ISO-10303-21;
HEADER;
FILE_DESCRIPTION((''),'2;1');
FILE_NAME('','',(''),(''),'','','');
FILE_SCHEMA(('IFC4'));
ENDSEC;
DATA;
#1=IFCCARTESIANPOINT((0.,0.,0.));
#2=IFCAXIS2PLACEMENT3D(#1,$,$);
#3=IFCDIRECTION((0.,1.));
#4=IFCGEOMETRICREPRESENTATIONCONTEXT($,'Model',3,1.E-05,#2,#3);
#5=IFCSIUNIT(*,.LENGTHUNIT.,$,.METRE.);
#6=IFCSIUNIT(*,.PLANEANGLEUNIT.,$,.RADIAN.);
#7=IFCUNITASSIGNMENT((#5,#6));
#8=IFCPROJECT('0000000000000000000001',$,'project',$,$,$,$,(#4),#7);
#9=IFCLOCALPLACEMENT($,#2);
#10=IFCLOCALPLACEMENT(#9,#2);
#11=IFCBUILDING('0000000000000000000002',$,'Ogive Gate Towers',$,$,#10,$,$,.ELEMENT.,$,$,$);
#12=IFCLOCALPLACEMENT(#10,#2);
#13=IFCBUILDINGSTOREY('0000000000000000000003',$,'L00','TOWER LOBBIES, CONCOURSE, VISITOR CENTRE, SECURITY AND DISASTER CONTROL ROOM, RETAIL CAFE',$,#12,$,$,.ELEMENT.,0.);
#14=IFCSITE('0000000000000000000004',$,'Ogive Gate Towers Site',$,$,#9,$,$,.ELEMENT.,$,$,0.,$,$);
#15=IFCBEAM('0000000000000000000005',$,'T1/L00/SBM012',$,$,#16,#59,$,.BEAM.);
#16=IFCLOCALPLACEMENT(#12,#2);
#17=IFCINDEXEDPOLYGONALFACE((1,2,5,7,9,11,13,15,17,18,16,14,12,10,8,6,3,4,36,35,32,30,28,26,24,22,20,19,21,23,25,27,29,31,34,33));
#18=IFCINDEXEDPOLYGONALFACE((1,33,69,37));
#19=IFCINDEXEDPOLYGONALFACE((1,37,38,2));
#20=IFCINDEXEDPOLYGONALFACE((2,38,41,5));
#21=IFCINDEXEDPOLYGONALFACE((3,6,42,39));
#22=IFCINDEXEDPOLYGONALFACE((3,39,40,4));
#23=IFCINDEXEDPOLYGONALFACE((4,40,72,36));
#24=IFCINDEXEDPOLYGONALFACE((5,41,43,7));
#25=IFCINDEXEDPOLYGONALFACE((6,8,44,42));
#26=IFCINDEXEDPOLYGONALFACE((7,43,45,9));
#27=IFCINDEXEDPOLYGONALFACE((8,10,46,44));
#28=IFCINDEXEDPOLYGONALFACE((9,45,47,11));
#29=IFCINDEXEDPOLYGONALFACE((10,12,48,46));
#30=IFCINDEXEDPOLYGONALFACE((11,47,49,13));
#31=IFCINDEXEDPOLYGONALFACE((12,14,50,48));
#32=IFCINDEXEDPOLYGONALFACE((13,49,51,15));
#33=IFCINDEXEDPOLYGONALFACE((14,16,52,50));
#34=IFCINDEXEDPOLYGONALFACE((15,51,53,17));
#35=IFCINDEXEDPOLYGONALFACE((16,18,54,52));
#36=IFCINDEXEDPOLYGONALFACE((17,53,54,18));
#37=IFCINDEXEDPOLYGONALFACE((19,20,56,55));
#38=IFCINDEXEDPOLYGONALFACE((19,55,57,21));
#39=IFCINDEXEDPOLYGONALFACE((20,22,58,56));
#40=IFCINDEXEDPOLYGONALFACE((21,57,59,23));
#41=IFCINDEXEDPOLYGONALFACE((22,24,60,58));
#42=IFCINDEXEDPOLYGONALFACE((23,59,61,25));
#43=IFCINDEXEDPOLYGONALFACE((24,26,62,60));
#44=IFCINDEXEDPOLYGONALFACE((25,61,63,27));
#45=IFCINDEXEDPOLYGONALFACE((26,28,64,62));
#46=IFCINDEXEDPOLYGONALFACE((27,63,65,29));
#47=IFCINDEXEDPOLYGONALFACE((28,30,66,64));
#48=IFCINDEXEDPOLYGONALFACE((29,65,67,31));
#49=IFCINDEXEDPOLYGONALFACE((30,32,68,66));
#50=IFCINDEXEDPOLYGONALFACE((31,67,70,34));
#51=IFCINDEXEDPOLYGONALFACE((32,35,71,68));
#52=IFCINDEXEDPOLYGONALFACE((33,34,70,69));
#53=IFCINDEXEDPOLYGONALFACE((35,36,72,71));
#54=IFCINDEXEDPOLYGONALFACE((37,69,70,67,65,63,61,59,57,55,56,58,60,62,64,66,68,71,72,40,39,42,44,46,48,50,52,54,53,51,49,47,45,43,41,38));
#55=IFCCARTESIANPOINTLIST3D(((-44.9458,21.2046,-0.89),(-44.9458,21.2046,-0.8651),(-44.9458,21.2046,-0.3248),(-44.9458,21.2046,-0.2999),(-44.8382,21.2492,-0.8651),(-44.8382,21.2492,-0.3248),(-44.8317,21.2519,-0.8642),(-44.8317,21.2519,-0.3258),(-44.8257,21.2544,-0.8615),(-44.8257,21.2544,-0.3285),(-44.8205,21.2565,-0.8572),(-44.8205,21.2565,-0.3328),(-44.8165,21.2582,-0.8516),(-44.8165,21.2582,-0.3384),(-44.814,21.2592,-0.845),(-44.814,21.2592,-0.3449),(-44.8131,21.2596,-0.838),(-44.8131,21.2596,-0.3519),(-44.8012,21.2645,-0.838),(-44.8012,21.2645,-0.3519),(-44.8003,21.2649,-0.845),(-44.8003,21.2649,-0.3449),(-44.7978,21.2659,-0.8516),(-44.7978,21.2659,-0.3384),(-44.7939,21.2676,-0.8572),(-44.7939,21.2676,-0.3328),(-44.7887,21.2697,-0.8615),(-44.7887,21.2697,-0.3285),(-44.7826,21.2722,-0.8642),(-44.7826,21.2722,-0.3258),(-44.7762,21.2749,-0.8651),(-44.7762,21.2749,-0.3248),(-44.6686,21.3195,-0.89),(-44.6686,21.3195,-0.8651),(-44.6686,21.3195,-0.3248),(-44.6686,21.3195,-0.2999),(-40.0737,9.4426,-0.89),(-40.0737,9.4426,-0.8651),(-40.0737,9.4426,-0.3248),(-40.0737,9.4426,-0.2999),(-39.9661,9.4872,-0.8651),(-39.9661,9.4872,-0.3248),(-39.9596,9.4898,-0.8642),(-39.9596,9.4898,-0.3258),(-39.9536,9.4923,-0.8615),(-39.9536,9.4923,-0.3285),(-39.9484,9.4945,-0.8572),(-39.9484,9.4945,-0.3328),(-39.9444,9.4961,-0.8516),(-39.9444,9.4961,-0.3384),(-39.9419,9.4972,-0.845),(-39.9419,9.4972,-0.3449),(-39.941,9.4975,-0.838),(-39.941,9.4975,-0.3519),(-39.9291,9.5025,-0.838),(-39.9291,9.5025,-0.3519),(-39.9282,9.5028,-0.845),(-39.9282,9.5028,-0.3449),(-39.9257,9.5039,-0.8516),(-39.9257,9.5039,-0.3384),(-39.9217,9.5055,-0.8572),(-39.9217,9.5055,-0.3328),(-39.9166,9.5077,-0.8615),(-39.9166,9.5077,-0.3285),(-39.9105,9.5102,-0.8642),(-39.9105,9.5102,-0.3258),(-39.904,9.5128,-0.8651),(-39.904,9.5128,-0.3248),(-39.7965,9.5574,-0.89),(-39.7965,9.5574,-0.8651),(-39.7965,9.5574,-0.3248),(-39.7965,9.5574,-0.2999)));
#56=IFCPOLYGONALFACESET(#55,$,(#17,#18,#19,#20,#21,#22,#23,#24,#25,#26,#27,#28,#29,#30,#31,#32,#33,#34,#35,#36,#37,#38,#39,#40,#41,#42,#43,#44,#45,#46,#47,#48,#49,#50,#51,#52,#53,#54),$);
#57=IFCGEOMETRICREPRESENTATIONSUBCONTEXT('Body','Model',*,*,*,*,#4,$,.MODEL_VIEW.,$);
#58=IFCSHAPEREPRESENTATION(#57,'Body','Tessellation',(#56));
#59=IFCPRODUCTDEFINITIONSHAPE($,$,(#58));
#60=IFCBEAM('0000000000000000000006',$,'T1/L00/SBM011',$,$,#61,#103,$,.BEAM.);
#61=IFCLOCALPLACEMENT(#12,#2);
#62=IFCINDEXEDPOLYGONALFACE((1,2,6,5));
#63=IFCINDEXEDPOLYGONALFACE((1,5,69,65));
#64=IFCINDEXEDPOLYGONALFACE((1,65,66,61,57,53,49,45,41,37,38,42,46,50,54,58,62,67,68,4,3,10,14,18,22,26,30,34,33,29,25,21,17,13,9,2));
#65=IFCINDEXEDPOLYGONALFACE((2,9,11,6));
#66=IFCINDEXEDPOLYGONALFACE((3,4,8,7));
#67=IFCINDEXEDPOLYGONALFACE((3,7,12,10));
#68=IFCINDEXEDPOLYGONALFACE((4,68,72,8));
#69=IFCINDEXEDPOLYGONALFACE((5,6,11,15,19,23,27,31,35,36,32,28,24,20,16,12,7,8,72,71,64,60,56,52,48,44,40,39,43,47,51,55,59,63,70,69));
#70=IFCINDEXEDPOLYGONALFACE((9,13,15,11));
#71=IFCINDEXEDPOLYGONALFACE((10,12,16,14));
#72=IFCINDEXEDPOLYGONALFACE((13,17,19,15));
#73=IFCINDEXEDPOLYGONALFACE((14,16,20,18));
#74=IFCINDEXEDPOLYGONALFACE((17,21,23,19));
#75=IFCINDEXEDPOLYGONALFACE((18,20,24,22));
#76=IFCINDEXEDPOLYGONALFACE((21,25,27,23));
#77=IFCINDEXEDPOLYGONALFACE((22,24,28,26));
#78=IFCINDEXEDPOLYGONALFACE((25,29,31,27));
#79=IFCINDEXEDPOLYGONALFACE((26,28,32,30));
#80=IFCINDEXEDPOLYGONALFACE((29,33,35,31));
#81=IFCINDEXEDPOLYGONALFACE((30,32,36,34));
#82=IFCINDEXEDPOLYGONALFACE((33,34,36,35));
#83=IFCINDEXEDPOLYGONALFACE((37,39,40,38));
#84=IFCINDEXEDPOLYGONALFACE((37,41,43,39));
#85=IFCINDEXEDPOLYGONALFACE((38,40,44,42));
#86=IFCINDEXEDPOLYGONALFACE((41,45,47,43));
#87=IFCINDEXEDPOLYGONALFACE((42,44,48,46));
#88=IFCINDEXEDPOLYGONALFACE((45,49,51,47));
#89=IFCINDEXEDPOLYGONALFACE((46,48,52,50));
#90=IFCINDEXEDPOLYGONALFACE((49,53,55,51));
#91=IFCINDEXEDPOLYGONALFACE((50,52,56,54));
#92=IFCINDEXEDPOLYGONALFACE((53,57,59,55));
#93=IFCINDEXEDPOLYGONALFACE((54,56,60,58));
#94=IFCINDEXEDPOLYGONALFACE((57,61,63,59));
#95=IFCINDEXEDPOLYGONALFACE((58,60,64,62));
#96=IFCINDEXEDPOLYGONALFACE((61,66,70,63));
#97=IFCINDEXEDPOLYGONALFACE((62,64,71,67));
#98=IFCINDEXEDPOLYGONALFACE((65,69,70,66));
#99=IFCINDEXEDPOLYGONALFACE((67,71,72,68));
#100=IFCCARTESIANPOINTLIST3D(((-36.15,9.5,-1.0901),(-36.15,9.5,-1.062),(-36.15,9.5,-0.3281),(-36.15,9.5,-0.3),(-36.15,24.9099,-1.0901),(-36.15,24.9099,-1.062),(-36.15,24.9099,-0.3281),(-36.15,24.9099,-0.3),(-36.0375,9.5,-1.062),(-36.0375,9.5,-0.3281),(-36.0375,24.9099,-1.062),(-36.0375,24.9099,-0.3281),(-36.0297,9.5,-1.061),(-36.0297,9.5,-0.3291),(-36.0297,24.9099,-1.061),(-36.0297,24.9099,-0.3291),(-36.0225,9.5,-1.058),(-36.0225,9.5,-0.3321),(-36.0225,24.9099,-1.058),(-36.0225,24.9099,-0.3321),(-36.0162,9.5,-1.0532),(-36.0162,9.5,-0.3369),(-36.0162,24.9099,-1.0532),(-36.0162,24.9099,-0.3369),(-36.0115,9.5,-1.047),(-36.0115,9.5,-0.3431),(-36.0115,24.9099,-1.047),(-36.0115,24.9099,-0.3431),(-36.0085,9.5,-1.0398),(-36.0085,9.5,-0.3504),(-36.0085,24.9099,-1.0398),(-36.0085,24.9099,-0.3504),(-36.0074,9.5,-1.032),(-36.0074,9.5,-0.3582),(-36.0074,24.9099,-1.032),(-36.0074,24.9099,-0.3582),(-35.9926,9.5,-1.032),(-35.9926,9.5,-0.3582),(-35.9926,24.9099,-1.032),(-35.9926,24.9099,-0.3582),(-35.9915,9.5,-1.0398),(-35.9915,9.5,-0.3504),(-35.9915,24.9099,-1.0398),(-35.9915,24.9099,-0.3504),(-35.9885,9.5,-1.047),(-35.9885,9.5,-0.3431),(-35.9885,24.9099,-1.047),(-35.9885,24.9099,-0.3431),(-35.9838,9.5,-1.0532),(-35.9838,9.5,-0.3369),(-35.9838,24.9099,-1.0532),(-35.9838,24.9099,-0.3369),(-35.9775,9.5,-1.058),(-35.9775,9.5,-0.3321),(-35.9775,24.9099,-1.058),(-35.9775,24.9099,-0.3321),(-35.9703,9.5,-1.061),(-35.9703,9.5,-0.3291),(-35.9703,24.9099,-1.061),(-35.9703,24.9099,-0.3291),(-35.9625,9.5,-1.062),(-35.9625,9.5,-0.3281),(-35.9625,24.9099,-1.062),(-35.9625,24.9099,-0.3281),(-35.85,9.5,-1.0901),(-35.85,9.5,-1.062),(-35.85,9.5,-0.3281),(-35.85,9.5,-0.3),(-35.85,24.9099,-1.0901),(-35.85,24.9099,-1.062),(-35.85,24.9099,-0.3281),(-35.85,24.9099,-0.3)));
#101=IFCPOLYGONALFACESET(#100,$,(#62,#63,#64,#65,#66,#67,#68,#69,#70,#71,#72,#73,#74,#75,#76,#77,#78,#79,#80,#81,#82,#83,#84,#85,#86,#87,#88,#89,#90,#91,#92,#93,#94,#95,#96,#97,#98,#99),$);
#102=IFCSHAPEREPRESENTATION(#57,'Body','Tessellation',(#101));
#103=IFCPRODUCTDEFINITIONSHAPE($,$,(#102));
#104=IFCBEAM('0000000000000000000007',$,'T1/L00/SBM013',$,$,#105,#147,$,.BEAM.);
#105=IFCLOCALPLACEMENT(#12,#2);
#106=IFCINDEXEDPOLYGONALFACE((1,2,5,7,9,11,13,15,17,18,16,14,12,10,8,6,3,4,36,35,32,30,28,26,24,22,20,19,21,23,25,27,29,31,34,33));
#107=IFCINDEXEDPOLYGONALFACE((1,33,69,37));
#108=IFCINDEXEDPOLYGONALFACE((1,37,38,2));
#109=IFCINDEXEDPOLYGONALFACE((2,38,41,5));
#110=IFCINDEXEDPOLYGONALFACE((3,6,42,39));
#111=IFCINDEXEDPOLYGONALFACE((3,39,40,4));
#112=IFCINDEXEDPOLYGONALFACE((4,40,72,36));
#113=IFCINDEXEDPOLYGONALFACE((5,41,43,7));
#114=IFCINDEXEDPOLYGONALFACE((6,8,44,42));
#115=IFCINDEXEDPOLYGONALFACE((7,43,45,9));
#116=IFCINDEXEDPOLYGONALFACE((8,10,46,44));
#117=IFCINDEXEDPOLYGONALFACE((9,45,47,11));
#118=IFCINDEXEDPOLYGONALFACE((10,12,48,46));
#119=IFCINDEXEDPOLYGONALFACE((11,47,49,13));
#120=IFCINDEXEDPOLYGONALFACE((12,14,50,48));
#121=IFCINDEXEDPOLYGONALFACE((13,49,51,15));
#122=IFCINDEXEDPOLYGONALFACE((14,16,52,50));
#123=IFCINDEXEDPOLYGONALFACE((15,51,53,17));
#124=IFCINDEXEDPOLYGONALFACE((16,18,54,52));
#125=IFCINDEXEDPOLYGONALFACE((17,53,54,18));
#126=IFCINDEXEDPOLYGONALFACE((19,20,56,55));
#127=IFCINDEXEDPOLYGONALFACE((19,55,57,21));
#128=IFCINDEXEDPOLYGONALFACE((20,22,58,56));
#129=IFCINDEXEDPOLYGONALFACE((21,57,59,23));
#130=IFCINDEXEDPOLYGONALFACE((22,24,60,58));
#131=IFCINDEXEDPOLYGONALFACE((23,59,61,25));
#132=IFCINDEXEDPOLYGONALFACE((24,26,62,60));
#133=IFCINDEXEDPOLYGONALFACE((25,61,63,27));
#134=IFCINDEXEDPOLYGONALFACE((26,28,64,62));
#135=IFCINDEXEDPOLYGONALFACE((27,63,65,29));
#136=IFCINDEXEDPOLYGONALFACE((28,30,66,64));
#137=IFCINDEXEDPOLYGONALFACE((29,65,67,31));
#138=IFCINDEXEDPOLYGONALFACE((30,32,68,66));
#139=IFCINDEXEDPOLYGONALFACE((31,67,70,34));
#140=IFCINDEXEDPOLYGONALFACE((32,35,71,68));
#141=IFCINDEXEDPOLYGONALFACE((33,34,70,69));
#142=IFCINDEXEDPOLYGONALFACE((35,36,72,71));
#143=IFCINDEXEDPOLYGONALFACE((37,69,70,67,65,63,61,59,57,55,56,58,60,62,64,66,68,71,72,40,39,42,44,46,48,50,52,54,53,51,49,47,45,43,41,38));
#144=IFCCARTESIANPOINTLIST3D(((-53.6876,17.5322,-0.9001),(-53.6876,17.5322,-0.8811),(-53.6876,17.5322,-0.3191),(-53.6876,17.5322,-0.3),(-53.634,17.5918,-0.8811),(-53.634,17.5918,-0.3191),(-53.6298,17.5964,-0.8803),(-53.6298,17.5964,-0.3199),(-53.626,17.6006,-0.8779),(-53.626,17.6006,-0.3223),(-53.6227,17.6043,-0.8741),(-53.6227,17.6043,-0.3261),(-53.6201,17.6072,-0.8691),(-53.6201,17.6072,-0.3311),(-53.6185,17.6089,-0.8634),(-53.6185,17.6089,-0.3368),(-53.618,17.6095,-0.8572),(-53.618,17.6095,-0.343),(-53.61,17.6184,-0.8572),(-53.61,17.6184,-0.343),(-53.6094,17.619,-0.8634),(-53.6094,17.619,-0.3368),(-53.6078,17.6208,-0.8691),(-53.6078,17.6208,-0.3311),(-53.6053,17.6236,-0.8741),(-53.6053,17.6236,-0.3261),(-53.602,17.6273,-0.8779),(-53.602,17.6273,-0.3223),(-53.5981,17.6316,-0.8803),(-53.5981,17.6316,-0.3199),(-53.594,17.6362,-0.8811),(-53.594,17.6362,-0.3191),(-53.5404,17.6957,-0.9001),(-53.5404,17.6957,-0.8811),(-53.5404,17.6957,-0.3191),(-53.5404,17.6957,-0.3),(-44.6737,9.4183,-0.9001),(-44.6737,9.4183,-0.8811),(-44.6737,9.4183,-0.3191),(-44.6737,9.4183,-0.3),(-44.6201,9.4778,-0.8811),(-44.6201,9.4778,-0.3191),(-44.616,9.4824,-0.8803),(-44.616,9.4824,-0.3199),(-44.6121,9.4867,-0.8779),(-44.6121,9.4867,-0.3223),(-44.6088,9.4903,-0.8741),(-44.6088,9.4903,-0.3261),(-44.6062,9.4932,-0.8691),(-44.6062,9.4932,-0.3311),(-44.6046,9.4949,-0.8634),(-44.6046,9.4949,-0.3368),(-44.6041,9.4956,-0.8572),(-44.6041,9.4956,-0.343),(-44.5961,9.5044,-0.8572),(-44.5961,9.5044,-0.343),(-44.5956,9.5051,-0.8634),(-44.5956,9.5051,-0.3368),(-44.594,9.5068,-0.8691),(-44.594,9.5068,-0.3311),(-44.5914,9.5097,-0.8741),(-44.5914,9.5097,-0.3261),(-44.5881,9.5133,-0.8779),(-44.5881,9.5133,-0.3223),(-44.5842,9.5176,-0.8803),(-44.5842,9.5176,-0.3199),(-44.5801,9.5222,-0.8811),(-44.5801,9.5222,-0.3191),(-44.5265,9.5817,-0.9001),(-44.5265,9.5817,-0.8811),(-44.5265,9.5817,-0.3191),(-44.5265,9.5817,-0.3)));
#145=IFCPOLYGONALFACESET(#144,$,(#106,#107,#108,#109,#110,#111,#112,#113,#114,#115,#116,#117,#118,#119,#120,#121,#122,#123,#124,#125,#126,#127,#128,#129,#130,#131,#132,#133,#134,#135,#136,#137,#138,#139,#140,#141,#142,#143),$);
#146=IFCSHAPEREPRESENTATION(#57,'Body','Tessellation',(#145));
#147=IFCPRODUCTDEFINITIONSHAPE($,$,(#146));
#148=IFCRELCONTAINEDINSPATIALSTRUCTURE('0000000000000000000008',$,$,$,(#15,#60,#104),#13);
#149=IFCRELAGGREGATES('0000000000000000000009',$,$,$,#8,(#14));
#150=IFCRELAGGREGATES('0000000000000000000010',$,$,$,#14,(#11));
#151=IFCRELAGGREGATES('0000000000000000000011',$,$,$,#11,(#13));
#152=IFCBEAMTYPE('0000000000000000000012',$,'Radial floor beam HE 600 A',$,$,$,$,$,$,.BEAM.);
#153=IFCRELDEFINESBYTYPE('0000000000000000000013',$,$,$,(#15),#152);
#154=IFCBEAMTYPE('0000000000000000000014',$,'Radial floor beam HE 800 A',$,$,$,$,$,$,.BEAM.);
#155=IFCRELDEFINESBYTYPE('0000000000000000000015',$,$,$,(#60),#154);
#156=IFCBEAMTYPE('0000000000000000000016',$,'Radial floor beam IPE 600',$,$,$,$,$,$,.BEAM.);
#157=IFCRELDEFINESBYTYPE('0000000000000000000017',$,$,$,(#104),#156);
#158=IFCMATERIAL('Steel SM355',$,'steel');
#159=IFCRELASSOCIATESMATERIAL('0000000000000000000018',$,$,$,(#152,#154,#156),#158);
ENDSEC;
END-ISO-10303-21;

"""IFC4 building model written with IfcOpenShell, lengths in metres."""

from ifc_helpers import new_model, si_unit, direction, frame, origin, origin_2d, place, context, subcontext, project, spatial, i_section, extrude, material, material_profile, profile_set, type_object, element, save


model = new_model("IFC4")

# Units and contexts
model_context = context("Model", 3, precision=1e-05, world=origin(), true_north=direction((0.0, 1.0)))
body_context = subcontext(model_context, "Body", "Model", "MODEL_VIEW")
ifc_project = project(units=[si_unit("LENGTHUNIT", "METRE"), si_unit("PLANEANGLEUNIT", "RADIAN")], contexts=[model_context])

# Site, building, storey
site_placement = place(None, origin())
site = spatial("IfcSite", under=ifc_project, at=site_placement, Name="Ogive Gate Towers Site", CompositionType="ELEMENT", RefElevation=0.0)
building_placement = place(site_placement, origin())
building = spatial("IfcBuilding", under=site, at=building_placement, Name="Ogive Gate Towers", CompositionType="ELEMENT")
storey_placement = place(building_placement, origin())
storey = spatial("IfcBuildingStorey", under=building, at=storey_placement, Name="L00", Description="TOWER LOBBIES, CONCOURSE, VISITOR CENTRE, SECURITY AND DISASTER CONTROL ROOM, RETAIL CAFE", CompositionType="ELEMENT", Elevation=0.0)

# Beams
ifc_material_1 = material(Name="Steel SM355", Category="steel")
ifc_material_profile_1 = material_profile(ifc_material_1, i_section(OverallWidth=0.3, OverallDepth=0.5901, WebThickness=0.0129, FlangeThickness=0.0249, FilletRadius=0.0271, at=origin_2d()), Name="HE 600 A")
ifc_profile_set_1 = profile_set([ifc_material_profile_1], Name="Steel SM355")
beam_type_1 = type_object("IfcBeamType", Name="Radial floor beam HE 600 A", PredefinedType="BEAM", material=ifc_profile_set_1)
for number, where, z_axis, x_axis, name in (
    (1, (-39.9351, 9.5, -0.595), (-0.382691, 0.923877, 0.0), (-0.923877, -0.382691, 0.0), "T1/L00/SBM012"),
):
    element("IfcBeam", number, at=place(storey_placement, frame(where, z_axis=z_axis, x_axis=x_axis)), inside=storey, type_object=beam_type_1, Name=name, PredefinedType="BEAM", context=body_context, shape_type="SweptSolid", body=[
        extrude(i_section(OverallWidth=0.3, OverallDepth=0.5901, WebThickness=0.0129, FlangeThickness=0.0249, FilletRadius=0.0271, at=origin_2d()), origin(), (0.0, 0.0, 1.0), 12.7312),
    ])
ifc_material_profile_2 = material_profile(ifc_material_1, i_section(OverallWidth=0.3, OverallDepth=0.79, WebThickness=0.0149, FlangeThickness=0.0281, FilletRadius=0.03, at=origin_2d()), Name="HE 800 A")
ifc_profile_set_2 = profile_set([ifc_material_profile_2], Name="Steel SM355")
beam_type_2 = type_object("IfcBeamType", Name="Radial floor beam HE 800 A", PredefinedType="BEAM", material=ifc_profile_set_2)
beam_1_placement = place(storey_placement, frame((-36.0, 9.5, -0.6951), z_axis=(0.0, 1.0, 0.0), x_axis=(-1.0, 0.0, 0.0)))
element("IfcBeam", 2, at=beam_1_placement, inside=storey, type_object=beam_type_2, Name="T1/L00/SBM011", PredefinedType="BEAM", context=body_context, shape_type="SweptSolid", body=[
    extrude(i_section(OverallWidth=0.3, OverallDepth=0.79, WebThickness=0.0149, FlangeThickness=0.0281, FilletRadius=0.03, at=origin_2d()), origin(), (0.0, 0.0, 1.0), 15.4099),
])
ifc_material_profile_3 = material_profile(ifc_material_1, i_section(OverallWidth=0.22, OverallDepth=0.6001, WebThickness=0.012, FlangeThickness=0.019, FilletRadius=0.0239, at=origin_2d()), Name="IPE 600")
ifc_profile_set_3 = profile_set([ifc_material_profile_3], Name="Steel SM355")
beam_type_3 = type_object("IfcBeamType", Name="Radial floor beam IPE 600", PredefinedType="BEAM", material=ifc_profile_set_3)
beam_2_placement = place(storey_placement, frame((-44.6001, 9.5, -0.6001), z_axis=(-0.743233, 0.669033, 0.0), x_axis=(-0.669033, -0.743233, 0.0)))
element("IfcBeam", 3, at=beam_2_placement, inside=storey, type_object=beam_type_3, Name="T1/L00/SBM013", PredefinedType="BEAM", context=body_context, shape_type="SweptSolid", body=[
    extrude(i_section(OverallWidth=0.22, OverallDepth=0.6001, WebThickness=0.012, FlangeThickness=0.019, FilletRadius=0.0239, at=origin_2d()), origin(), (0.0, 0.0, 1.0), 12.1279),
])

save(model, "model.ifc")
